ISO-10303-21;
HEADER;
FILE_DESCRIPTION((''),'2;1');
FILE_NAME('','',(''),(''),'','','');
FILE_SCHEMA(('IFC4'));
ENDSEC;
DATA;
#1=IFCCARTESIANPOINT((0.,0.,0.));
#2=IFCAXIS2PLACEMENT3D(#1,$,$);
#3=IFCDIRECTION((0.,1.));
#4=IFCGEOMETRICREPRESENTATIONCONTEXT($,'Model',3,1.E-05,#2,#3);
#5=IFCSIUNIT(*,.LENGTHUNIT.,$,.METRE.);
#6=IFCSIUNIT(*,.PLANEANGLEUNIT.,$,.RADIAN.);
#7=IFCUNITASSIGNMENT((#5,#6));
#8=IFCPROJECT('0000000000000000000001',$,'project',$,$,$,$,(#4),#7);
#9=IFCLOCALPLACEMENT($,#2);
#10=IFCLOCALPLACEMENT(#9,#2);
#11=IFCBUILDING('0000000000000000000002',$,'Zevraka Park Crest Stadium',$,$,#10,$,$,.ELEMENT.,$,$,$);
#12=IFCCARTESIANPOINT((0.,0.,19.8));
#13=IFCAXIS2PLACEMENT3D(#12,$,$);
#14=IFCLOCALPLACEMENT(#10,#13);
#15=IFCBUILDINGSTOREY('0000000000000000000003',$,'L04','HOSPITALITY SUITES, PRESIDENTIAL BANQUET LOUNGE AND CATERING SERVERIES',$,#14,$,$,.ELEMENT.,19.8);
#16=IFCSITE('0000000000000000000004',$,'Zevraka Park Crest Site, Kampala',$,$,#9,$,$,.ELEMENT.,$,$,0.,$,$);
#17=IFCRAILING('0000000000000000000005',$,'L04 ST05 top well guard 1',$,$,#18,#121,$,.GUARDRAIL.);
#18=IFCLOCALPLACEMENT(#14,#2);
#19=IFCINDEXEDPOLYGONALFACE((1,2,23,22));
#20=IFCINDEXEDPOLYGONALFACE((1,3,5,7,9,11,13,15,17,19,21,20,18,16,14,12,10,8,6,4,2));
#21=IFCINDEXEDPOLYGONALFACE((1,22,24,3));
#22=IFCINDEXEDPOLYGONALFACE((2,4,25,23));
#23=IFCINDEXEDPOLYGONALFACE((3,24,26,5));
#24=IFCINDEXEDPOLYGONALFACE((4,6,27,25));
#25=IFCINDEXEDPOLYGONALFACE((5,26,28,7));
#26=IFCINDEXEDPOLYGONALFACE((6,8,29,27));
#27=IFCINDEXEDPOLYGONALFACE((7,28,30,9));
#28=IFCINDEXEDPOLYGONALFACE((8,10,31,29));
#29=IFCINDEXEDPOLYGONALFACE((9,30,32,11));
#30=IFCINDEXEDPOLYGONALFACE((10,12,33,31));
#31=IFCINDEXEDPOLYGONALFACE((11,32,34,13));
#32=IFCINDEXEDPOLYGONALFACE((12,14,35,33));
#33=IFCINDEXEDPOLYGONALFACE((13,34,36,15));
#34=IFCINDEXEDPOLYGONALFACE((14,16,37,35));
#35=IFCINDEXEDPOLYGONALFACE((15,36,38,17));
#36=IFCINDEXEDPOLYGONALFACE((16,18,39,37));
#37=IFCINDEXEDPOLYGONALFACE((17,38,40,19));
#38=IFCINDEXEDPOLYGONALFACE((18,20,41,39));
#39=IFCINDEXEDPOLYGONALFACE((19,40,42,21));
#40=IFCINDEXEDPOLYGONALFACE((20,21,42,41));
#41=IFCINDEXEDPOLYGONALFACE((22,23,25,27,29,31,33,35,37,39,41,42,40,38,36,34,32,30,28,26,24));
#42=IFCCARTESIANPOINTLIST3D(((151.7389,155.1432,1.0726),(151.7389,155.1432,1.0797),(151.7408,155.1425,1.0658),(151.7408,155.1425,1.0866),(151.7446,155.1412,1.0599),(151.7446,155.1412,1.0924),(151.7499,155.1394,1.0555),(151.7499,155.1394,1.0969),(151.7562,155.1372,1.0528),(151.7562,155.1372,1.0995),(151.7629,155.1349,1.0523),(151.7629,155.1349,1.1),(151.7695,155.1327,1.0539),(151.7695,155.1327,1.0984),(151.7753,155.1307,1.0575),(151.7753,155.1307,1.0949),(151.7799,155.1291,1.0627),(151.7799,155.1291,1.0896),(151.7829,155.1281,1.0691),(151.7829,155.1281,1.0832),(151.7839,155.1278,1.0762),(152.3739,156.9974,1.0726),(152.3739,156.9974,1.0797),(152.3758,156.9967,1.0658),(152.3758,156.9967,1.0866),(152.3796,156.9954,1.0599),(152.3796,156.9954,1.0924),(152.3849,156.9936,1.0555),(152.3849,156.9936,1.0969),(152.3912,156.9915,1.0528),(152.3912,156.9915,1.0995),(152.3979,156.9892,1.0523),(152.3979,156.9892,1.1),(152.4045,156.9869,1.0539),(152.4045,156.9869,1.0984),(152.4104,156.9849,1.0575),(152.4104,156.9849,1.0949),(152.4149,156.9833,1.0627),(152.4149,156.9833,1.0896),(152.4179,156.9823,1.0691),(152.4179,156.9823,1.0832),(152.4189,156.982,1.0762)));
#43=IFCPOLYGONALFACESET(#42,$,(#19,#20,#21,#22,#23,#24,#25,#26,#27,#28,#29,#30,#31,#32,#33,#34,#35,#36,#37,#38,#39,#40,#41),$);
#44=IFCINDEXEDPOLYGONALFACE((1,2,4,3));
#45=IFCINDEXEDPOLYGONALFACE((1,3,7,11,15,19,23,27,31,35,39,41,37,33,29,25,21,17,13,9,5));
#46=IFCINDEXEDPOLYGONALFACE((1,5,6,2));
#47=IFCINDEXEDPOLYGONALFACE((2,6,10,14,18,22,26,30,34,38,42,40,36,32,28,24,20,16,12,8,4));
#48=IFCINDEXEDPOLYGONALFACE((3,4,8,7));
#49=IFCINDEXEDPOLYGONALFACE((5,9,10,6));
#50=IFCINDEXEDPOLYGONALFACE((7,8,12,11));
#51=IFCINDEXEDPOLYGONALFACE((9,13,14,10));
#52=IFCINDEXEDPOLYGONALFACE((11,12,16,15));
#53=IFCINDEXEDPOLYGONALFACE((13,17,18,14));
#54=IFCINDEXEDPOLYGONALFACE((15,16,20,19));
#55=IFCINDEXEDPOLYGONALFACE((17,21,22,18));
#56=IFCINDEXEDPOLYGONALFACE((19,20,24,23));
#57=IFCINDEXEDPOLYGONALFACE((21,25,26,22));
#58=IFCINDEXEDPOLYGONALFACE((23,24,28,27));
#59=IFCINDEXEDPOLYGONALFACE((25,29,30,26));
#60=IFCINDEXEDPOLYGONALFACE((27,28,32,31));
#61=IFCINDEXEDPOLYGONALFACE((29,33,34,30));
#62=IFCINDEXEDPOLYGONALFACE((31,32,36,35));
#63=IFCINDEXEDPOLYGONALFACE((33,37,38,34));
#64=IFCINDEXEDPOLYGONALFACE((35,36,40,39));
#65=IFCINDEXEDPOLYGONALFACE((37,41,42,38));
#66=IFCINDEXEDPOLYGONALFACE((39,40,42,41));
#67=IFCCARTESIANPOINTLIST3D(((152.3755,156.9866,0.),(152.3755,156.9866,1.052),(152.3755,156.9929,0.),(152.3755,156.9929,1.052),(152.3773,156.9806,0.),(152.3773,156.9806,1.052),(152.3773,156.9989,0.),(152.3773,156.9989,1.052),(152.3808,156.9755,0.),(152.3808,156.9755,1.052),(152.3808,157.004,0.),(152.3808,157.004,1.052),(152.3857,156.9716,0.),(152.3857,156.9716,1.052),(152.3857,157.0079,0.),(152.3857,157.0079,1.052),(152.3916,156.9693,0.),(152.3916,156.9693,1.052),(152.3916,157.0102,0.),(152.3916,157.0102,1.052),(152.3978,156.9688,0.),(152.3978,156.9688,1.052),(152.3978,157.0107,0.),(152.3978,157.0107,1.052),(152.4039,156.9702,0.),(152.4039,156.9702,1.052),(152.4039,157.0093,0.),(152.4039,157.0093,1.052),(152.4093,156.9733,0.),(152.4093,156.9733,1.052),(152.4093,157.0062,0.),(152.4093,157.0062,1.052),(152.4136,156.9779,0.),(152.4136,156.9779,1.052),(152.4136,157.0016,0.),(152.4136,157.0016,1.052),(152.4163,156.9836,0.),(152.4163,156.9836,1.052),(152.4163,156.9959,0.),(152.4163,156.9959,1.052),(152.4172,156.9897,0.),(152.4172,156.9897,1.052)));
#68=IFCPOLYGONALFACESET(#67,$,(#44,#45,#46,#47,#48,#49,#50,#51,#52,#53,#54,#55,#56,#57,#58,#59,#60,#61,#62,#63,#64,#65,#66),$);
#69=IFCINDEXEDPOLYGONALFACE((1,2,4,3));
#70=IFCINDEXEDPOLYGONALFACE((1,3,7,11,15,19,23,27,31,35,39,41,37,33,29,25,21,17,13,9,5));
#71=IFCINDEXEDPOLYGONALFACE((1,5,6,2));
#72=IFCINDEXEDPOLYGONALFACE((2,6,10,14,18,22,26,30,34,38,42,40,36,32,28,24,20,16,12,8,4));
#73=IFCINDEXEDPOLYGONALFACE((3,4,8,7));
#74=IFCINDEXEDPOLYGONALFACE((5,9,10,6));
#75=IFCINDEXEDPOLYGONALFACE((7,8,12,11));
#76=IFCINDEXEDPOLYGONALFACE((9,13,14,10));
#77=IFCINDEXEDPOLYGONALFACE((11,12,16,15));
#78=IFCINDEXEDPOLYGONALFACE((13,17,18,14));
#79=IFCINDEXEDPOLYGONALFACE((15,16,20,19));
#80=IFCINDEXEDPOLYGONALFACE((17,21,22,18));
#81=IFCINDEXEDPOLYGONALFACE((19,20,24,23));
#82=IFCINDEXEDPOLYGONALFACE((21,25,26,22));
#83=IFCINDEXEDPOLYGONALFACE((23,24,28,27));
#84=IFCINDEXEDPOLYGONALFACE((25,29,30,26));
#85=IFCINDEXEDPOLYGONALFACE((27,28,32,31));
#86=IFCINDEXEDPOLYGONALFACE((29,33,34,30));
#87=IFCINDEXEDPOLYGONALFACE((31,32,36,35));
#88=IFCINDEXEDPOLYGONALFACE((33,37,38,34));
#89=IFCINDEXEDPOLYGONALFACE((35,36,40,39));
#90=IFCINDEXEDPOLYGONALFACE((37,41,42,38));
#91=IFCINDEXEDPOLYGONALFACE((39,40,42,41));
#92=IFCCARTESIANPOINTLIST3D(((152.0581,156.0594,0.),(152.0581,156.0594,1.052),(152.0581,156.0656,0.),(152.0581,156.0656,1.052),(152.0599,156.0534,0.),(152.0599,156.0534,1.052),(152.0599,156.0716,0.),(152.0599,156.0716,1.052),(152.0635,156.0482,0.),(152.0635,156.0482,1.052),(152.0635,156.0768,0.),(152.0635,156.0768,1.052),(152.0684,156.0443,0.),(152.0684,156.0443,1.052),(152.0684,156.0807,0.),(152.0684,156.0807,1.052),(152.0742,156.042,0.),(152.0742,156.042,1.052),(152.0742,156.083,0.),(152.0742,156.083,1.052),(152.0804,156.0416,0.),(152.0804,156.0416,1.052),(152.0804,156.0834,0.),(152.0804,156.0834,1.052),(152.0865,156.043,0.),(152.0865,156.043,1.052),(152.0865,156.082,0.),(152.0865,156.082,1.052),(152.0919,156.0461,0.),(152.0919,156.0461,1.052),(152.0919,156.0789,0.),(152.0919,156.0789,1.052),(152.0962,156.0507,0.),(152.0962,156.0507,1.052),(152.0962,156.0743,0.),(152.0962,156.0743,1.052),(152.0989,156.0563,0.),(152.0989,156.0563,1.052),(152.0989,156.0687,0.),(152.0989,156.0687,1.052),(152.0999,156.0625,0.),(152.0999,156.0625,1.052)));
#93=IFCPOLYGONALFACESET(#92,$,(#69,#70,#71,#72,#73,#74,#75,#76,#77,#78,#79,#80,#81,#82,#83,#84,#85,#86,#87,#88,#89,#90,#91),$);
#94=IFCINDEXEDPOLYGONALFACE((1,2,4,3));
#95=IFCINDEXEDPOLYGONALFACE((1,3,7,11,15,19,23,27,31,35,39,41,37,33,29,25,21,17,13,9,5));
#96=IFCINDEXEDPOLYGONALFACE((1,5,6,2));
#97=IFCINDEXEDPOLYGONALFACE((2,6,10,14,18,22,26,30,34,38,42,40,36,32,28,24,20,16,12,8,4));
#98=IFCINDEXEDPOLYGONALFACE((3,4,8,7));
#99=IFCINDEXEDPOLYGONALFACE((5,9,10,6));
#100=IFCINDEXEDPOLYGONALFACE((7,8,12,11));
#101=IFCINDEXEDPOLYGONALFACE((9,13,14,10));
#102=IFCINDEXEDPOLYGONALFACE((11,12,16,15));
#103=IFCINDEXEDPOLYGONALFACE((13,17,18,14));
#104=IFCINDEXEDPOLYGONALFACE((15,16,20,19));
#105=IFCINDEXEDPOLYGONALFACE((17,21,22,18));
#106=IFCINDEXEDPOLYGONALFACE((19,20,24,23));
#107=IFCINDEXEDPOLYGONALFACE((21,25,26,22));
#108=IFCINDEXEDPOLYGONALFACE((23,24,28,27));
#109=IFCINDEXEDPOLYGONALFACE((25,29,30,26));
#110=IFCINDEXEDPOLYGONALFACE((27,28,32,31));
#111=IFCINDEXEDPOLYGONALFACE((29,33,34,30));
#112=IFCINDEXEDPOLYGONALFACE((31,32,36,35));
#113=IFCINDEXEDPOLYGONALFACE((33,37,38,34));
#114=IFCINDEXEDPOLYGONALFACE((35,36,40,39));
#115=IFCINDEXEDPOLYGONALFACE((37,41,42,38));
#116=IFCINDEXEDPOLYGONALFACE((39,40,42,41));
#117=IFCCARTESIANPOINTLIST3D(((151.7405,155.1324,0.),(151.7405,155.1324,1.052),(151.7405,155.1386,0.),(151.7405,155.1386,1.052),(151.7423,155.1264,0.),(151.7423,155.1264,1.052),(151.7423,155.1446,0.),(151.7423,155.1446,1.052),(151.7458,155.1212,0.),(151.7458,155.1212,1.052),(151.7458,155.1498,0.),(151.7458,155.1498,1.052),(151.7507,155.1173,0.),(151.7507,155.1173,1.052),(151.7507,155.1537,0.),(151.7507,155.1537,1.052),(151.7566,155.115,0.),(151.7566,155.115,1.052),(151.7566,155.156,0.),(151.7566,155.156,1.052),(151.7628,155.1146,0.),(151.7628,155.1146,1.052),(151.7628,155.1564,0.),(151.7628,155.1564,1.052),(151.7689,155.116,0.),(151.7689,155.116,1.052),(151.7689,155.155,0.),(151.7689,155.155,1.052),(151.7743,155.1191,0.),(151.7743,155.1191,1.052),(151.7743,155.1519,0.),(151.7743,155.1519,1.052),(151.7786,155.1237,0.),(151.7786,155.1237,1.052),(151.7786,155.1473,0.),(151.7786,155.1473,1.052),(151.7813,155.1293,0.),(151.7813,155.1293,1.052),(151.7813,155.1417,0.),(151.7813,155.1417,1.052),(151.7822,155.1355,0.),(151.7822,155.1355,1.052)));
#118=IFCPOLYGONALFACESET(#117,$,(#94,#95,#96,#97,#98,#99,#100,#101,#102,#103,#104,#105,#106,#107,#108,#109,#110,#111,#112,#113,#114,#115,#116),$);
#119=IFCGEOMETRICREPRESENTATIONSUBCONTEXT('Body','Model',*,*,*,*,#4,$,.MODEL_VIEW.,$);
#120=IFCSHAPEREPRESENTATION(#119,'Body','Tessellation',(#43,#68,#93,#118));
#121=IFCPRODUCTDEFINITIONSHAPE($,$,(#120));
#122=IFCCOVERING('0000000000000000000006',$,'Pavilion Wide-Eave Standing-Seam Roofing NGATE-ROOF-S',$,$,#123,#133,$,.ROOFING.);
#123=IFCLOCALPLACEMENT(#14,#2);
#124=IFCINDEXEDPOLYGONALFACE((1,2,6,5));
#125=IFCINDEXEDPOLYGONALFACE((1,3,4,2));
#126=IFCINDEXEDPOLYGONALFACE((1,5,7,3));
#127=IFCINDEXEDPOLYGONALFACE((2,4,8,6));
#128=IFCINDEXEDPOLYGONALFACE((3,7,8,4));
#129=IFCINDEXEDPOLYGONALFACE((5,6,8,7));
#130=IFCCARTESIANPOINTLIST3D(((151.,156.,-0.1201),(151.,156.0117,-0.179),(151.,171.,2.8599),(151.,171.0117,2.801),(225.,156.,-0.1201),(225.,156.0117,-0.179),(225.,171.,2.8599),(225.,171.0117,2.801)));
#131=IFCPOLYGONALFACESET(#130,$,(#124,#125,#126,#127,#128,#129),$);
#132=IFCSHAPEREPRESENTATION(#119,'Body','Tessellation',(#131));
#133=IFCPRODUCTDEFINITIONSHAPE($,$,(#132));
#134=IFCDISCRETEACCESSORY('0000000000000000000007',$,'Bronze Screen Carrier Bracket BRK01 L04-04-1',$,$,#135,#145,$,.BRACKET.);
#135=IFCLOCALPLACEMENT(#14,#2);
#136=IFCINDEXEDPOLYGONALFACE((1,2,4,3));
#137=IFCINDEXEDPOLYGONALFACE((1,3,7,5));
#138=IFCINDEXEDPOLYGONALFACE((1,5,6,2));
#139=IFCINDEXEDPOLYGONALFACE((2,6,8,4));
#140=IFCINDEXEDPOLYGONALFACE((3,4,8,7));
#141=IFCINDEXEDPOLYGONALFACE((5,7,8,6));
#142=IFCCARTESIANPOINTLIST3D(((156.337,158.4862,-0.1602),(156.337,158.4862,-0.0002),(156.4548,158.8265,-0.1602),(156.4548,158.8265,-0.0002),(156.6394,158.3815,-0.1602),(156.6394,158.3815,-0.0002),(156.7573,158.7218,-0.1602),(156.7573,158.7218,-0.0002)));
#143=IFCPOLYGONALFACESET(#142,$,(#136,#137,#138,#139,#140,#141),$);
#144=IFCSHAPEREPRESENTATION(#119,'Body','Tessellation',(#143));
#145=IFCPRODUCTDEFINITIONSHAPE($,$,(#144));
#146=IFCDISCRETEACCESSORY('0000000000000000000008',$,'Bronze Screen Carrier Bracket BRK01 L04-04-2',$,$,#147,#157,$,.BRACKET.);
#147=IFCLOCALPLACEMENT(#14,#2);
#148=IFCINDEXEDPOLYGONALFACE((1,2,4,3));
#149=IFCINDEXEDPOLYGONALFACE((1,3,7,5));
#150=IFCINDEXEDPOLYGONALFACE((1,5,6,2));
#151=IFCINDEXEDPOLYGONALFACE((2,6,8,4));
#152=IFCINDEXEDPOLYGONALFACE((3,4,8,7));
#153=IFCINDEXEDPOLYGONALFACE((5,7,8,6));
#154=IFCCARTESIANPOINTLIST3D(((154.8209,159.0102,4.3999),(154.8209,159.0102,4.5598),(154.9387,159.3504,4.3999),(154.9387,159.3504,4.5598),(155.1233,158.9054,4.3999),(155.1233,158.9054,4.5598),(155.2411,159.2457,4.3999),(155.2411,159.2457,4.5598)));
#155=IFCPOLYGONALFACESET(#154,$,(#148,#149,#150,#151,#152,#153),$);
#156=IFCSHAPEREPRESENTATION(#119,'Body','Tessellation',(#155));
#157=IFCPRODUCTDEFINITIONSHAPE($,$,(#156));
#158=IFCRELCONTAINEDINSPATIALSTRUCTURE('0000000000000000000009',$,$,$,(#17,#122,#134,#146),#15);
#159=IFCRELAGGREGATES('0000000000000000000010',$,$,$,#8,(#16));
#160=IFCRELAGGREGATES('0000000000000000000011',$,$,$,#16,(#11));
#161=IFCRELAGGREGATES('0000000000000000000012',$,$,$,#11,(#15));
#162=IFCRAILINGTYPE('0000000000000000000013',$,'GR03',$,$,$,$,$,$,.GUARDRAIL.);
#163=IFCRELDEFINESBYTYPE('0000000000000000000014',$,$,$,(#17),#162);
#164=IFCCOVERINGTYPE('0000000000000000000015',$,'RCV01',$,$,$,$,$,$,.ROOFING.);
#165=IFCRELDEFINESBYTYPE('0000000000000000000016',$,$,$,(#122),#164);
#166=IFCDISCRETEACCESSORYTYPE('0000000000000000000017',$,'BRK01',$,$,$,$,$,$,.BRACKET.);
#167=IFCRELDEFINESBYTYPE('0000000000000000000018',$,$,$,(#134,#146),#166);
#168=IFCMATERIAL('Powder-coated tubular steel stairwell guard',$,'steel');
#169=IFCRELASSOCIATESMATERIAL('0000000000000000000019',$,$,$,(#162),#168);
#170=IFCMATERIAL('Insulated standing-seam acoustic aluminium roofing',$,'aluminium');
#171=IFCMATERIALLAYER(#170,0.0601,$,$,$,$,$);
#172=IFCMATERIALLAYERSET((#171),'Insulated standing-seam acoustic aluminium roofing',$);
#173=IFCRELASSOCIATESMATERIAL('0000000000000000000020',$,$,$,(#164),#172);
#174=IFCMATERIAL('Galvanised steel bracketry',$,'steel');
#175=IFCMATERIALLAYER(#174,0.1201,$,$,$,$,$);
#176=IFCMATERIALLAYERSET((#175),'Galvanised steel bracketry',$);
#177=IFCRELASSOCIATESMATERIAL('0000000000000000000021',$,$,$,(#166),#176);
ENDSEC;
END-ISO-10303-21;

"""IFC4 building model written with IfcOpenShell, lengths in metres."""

from ifc_helpers import new_model, si_unit, direction, frame, origin, origin_2d, place, context, subcontext, project, spatial, polyline, rectangle, circle, outline, extrude, material, layer, layer_set, type_object, element, save


model = new_model("IFC4")

# Units and contexts
model_context = context("Model", 3, precision=1e-05, world=origin(), true_north=direction((0.0, 1.0)))
body_context = subcontext(model_context, "Body", "Model", "MODEL_VIEW")
ifc_project = project(units=[si_unit("LENGTHUNIT", "METRE"), si_unit("PLANEANGLEUNIT", "RADIAN")], contexts=[model_context])

# Site, building, storey
site_placement = place(None, origin())
site = spatial("IfcSite", under=ifc_project, at=site_placement, Name="Zevraka Park Crest Site, Kampala", CompositionType="ELEMENT", RefElevation=0.0)
building_placement = place(site_placement, origin())
building = spatial("IfcBuilding", under=site, at=building_placement, Name="Zevraka Park Crest Stadium", CompositionType="ELEMENT")
storey_placement = place(building_placement, frame((0.0, 0.0, 19.8)))
storey = spatial("IfcBuildingStorey", under=building, at=storey_placement, Name="L04", Description="HOSPITALITY SUITES, PRESIDENTIAL BANQUET LOUNGE AND CATERING SERVERIES", CompositionType="ELEMENT", Elevation=19.8)

# Railing
ifc_material_1 = material(Name="Powder-coated tubular steel stairwell guard", Category="steel")
railing_type = type_object("IfcRailingType", Name="GR03", PredefinedType="GUARDRAIL", material=ifc_material_1)
railing_placement = place(storey_placement, frame((152.3962, 156.9897, 0.0)))
element("IfcRailing", 1, at=railing_placement, inside=storey, type_object=railing_type, Name="L04 ST05 top well guard 1", PredefinedType="GUARDRAIL", context=body_context, shape_type="SweptSolid", body=[
    extrude(circle(Radius=0.0239, at=origin_2d()), frame((0.0, 0.0, 1.0762), z_axis=(-0.32399, -0.946061, 0.0), x_axis=(0.946061, -0.32399, 0.0)), (0.0, 0.0, 1.0), 1.96),
    extrude(circle(Radius=0.021, at=origin_2d()), origin(), (0.0, 0.0, 1.0), 1.052),
    extrude(circle(Radius=0.021, at=origin_2d()), frame((-0.3174, -0.9272, 0.0)), (0.0, 0.0, 1.0), 1.052),
    extrude(circle(Radius=0.021, at=origin_2d()), frame((-0.635, -1.8542, 0.0)), (0.0, 0.0, 1.0), 1.052),
])

# Covering
ifc_material_2 = material(Name="Insulated standing-seam acoustic aluminium roofing", Category="aluminium")
ifc_layer_1 = layer(ifc_material_2, 0.0601)
ifc_layer_set_1 = layer_set([ifc_layer_1], Name="Insulated standing-seam acoustic aluminium roofing")
covering_type_1 = type_object("IfcCoveringType", Name="RCV01", PredefinedType="ROOFING", material=ifc_layer_set_1)
covering_1_placement = place(storey_placement, frame((151.0, 156.0, -0.1201), z_axis=(0.0, -0.194857, 0.980832), x_axis=(1.0, 0.0, 0.0)))
element("IfcCovering", 2, at=covering_1_placement, inside=storey, type_object=covering_type_1, Name="Pavilion Wide-Eave Standing-Seam Roofing NGATE-ROOF-S", PredefinedType="ROOFING", context=body_context, shape_type="SweptSolid", body=[
    extrude(outline(polyline([(0.0, 0.0), (74.0, 0.0), (74.0, 15.2931), (0.0, 15.2931), (0.0, 0.0)])), origin(), (0.0, 0.0, -1.0), 0.0601),
])

# Discrete accessories
ifc_material_3 = material(Name="Galvanised steel bracketry", Category="steel")
ifc_layer_2 = layer(ifc_material_3, 0.1201)
ifc_layer_set_2 = layer_set([ifc_layer_2], Name="Galvanised steel bracketry")
discrete_accessory_type = type_object("IfcDiscreteAccessoryType", Name="BRK01", PredefinedType="BRACKET", material=ifc_layer_set_2)
for number, where, z_axis, x_axis, name in (
    (3, (156.5471, 158.604, -0.1602), (0.0, 0.0, 1.0), (-0.944949, 0.327218, 0.0), "Bronze Screen Carrier Bracket BRK01 L04-04-1"),
    (4, (155.031, 159.1279, 4.3999), (0.0, 0.0, 1.0), (-0.944949, 0.327218, 0.0), "Bronze Screen Carrier Bracket BRK01 L04-04-2"),
):
    element("IfcDiscreteAccessory", number, at=place(storey_placement, frame(where, z_axis=z_axis, x_axis=x_axis)), inside=storey, type_object=discrete_accessory_type, Name=name, PredefinedType="BRACKET", context=body_context, shape_type="SweptSolid", body=[
        extrude(rectangle(XDim=0.3201, YDim=0.3601, at=origin_2d()), origin(), (0.0, 0.0, 1.0), 0.1599),
    ])

save(model, "model.ifc")
